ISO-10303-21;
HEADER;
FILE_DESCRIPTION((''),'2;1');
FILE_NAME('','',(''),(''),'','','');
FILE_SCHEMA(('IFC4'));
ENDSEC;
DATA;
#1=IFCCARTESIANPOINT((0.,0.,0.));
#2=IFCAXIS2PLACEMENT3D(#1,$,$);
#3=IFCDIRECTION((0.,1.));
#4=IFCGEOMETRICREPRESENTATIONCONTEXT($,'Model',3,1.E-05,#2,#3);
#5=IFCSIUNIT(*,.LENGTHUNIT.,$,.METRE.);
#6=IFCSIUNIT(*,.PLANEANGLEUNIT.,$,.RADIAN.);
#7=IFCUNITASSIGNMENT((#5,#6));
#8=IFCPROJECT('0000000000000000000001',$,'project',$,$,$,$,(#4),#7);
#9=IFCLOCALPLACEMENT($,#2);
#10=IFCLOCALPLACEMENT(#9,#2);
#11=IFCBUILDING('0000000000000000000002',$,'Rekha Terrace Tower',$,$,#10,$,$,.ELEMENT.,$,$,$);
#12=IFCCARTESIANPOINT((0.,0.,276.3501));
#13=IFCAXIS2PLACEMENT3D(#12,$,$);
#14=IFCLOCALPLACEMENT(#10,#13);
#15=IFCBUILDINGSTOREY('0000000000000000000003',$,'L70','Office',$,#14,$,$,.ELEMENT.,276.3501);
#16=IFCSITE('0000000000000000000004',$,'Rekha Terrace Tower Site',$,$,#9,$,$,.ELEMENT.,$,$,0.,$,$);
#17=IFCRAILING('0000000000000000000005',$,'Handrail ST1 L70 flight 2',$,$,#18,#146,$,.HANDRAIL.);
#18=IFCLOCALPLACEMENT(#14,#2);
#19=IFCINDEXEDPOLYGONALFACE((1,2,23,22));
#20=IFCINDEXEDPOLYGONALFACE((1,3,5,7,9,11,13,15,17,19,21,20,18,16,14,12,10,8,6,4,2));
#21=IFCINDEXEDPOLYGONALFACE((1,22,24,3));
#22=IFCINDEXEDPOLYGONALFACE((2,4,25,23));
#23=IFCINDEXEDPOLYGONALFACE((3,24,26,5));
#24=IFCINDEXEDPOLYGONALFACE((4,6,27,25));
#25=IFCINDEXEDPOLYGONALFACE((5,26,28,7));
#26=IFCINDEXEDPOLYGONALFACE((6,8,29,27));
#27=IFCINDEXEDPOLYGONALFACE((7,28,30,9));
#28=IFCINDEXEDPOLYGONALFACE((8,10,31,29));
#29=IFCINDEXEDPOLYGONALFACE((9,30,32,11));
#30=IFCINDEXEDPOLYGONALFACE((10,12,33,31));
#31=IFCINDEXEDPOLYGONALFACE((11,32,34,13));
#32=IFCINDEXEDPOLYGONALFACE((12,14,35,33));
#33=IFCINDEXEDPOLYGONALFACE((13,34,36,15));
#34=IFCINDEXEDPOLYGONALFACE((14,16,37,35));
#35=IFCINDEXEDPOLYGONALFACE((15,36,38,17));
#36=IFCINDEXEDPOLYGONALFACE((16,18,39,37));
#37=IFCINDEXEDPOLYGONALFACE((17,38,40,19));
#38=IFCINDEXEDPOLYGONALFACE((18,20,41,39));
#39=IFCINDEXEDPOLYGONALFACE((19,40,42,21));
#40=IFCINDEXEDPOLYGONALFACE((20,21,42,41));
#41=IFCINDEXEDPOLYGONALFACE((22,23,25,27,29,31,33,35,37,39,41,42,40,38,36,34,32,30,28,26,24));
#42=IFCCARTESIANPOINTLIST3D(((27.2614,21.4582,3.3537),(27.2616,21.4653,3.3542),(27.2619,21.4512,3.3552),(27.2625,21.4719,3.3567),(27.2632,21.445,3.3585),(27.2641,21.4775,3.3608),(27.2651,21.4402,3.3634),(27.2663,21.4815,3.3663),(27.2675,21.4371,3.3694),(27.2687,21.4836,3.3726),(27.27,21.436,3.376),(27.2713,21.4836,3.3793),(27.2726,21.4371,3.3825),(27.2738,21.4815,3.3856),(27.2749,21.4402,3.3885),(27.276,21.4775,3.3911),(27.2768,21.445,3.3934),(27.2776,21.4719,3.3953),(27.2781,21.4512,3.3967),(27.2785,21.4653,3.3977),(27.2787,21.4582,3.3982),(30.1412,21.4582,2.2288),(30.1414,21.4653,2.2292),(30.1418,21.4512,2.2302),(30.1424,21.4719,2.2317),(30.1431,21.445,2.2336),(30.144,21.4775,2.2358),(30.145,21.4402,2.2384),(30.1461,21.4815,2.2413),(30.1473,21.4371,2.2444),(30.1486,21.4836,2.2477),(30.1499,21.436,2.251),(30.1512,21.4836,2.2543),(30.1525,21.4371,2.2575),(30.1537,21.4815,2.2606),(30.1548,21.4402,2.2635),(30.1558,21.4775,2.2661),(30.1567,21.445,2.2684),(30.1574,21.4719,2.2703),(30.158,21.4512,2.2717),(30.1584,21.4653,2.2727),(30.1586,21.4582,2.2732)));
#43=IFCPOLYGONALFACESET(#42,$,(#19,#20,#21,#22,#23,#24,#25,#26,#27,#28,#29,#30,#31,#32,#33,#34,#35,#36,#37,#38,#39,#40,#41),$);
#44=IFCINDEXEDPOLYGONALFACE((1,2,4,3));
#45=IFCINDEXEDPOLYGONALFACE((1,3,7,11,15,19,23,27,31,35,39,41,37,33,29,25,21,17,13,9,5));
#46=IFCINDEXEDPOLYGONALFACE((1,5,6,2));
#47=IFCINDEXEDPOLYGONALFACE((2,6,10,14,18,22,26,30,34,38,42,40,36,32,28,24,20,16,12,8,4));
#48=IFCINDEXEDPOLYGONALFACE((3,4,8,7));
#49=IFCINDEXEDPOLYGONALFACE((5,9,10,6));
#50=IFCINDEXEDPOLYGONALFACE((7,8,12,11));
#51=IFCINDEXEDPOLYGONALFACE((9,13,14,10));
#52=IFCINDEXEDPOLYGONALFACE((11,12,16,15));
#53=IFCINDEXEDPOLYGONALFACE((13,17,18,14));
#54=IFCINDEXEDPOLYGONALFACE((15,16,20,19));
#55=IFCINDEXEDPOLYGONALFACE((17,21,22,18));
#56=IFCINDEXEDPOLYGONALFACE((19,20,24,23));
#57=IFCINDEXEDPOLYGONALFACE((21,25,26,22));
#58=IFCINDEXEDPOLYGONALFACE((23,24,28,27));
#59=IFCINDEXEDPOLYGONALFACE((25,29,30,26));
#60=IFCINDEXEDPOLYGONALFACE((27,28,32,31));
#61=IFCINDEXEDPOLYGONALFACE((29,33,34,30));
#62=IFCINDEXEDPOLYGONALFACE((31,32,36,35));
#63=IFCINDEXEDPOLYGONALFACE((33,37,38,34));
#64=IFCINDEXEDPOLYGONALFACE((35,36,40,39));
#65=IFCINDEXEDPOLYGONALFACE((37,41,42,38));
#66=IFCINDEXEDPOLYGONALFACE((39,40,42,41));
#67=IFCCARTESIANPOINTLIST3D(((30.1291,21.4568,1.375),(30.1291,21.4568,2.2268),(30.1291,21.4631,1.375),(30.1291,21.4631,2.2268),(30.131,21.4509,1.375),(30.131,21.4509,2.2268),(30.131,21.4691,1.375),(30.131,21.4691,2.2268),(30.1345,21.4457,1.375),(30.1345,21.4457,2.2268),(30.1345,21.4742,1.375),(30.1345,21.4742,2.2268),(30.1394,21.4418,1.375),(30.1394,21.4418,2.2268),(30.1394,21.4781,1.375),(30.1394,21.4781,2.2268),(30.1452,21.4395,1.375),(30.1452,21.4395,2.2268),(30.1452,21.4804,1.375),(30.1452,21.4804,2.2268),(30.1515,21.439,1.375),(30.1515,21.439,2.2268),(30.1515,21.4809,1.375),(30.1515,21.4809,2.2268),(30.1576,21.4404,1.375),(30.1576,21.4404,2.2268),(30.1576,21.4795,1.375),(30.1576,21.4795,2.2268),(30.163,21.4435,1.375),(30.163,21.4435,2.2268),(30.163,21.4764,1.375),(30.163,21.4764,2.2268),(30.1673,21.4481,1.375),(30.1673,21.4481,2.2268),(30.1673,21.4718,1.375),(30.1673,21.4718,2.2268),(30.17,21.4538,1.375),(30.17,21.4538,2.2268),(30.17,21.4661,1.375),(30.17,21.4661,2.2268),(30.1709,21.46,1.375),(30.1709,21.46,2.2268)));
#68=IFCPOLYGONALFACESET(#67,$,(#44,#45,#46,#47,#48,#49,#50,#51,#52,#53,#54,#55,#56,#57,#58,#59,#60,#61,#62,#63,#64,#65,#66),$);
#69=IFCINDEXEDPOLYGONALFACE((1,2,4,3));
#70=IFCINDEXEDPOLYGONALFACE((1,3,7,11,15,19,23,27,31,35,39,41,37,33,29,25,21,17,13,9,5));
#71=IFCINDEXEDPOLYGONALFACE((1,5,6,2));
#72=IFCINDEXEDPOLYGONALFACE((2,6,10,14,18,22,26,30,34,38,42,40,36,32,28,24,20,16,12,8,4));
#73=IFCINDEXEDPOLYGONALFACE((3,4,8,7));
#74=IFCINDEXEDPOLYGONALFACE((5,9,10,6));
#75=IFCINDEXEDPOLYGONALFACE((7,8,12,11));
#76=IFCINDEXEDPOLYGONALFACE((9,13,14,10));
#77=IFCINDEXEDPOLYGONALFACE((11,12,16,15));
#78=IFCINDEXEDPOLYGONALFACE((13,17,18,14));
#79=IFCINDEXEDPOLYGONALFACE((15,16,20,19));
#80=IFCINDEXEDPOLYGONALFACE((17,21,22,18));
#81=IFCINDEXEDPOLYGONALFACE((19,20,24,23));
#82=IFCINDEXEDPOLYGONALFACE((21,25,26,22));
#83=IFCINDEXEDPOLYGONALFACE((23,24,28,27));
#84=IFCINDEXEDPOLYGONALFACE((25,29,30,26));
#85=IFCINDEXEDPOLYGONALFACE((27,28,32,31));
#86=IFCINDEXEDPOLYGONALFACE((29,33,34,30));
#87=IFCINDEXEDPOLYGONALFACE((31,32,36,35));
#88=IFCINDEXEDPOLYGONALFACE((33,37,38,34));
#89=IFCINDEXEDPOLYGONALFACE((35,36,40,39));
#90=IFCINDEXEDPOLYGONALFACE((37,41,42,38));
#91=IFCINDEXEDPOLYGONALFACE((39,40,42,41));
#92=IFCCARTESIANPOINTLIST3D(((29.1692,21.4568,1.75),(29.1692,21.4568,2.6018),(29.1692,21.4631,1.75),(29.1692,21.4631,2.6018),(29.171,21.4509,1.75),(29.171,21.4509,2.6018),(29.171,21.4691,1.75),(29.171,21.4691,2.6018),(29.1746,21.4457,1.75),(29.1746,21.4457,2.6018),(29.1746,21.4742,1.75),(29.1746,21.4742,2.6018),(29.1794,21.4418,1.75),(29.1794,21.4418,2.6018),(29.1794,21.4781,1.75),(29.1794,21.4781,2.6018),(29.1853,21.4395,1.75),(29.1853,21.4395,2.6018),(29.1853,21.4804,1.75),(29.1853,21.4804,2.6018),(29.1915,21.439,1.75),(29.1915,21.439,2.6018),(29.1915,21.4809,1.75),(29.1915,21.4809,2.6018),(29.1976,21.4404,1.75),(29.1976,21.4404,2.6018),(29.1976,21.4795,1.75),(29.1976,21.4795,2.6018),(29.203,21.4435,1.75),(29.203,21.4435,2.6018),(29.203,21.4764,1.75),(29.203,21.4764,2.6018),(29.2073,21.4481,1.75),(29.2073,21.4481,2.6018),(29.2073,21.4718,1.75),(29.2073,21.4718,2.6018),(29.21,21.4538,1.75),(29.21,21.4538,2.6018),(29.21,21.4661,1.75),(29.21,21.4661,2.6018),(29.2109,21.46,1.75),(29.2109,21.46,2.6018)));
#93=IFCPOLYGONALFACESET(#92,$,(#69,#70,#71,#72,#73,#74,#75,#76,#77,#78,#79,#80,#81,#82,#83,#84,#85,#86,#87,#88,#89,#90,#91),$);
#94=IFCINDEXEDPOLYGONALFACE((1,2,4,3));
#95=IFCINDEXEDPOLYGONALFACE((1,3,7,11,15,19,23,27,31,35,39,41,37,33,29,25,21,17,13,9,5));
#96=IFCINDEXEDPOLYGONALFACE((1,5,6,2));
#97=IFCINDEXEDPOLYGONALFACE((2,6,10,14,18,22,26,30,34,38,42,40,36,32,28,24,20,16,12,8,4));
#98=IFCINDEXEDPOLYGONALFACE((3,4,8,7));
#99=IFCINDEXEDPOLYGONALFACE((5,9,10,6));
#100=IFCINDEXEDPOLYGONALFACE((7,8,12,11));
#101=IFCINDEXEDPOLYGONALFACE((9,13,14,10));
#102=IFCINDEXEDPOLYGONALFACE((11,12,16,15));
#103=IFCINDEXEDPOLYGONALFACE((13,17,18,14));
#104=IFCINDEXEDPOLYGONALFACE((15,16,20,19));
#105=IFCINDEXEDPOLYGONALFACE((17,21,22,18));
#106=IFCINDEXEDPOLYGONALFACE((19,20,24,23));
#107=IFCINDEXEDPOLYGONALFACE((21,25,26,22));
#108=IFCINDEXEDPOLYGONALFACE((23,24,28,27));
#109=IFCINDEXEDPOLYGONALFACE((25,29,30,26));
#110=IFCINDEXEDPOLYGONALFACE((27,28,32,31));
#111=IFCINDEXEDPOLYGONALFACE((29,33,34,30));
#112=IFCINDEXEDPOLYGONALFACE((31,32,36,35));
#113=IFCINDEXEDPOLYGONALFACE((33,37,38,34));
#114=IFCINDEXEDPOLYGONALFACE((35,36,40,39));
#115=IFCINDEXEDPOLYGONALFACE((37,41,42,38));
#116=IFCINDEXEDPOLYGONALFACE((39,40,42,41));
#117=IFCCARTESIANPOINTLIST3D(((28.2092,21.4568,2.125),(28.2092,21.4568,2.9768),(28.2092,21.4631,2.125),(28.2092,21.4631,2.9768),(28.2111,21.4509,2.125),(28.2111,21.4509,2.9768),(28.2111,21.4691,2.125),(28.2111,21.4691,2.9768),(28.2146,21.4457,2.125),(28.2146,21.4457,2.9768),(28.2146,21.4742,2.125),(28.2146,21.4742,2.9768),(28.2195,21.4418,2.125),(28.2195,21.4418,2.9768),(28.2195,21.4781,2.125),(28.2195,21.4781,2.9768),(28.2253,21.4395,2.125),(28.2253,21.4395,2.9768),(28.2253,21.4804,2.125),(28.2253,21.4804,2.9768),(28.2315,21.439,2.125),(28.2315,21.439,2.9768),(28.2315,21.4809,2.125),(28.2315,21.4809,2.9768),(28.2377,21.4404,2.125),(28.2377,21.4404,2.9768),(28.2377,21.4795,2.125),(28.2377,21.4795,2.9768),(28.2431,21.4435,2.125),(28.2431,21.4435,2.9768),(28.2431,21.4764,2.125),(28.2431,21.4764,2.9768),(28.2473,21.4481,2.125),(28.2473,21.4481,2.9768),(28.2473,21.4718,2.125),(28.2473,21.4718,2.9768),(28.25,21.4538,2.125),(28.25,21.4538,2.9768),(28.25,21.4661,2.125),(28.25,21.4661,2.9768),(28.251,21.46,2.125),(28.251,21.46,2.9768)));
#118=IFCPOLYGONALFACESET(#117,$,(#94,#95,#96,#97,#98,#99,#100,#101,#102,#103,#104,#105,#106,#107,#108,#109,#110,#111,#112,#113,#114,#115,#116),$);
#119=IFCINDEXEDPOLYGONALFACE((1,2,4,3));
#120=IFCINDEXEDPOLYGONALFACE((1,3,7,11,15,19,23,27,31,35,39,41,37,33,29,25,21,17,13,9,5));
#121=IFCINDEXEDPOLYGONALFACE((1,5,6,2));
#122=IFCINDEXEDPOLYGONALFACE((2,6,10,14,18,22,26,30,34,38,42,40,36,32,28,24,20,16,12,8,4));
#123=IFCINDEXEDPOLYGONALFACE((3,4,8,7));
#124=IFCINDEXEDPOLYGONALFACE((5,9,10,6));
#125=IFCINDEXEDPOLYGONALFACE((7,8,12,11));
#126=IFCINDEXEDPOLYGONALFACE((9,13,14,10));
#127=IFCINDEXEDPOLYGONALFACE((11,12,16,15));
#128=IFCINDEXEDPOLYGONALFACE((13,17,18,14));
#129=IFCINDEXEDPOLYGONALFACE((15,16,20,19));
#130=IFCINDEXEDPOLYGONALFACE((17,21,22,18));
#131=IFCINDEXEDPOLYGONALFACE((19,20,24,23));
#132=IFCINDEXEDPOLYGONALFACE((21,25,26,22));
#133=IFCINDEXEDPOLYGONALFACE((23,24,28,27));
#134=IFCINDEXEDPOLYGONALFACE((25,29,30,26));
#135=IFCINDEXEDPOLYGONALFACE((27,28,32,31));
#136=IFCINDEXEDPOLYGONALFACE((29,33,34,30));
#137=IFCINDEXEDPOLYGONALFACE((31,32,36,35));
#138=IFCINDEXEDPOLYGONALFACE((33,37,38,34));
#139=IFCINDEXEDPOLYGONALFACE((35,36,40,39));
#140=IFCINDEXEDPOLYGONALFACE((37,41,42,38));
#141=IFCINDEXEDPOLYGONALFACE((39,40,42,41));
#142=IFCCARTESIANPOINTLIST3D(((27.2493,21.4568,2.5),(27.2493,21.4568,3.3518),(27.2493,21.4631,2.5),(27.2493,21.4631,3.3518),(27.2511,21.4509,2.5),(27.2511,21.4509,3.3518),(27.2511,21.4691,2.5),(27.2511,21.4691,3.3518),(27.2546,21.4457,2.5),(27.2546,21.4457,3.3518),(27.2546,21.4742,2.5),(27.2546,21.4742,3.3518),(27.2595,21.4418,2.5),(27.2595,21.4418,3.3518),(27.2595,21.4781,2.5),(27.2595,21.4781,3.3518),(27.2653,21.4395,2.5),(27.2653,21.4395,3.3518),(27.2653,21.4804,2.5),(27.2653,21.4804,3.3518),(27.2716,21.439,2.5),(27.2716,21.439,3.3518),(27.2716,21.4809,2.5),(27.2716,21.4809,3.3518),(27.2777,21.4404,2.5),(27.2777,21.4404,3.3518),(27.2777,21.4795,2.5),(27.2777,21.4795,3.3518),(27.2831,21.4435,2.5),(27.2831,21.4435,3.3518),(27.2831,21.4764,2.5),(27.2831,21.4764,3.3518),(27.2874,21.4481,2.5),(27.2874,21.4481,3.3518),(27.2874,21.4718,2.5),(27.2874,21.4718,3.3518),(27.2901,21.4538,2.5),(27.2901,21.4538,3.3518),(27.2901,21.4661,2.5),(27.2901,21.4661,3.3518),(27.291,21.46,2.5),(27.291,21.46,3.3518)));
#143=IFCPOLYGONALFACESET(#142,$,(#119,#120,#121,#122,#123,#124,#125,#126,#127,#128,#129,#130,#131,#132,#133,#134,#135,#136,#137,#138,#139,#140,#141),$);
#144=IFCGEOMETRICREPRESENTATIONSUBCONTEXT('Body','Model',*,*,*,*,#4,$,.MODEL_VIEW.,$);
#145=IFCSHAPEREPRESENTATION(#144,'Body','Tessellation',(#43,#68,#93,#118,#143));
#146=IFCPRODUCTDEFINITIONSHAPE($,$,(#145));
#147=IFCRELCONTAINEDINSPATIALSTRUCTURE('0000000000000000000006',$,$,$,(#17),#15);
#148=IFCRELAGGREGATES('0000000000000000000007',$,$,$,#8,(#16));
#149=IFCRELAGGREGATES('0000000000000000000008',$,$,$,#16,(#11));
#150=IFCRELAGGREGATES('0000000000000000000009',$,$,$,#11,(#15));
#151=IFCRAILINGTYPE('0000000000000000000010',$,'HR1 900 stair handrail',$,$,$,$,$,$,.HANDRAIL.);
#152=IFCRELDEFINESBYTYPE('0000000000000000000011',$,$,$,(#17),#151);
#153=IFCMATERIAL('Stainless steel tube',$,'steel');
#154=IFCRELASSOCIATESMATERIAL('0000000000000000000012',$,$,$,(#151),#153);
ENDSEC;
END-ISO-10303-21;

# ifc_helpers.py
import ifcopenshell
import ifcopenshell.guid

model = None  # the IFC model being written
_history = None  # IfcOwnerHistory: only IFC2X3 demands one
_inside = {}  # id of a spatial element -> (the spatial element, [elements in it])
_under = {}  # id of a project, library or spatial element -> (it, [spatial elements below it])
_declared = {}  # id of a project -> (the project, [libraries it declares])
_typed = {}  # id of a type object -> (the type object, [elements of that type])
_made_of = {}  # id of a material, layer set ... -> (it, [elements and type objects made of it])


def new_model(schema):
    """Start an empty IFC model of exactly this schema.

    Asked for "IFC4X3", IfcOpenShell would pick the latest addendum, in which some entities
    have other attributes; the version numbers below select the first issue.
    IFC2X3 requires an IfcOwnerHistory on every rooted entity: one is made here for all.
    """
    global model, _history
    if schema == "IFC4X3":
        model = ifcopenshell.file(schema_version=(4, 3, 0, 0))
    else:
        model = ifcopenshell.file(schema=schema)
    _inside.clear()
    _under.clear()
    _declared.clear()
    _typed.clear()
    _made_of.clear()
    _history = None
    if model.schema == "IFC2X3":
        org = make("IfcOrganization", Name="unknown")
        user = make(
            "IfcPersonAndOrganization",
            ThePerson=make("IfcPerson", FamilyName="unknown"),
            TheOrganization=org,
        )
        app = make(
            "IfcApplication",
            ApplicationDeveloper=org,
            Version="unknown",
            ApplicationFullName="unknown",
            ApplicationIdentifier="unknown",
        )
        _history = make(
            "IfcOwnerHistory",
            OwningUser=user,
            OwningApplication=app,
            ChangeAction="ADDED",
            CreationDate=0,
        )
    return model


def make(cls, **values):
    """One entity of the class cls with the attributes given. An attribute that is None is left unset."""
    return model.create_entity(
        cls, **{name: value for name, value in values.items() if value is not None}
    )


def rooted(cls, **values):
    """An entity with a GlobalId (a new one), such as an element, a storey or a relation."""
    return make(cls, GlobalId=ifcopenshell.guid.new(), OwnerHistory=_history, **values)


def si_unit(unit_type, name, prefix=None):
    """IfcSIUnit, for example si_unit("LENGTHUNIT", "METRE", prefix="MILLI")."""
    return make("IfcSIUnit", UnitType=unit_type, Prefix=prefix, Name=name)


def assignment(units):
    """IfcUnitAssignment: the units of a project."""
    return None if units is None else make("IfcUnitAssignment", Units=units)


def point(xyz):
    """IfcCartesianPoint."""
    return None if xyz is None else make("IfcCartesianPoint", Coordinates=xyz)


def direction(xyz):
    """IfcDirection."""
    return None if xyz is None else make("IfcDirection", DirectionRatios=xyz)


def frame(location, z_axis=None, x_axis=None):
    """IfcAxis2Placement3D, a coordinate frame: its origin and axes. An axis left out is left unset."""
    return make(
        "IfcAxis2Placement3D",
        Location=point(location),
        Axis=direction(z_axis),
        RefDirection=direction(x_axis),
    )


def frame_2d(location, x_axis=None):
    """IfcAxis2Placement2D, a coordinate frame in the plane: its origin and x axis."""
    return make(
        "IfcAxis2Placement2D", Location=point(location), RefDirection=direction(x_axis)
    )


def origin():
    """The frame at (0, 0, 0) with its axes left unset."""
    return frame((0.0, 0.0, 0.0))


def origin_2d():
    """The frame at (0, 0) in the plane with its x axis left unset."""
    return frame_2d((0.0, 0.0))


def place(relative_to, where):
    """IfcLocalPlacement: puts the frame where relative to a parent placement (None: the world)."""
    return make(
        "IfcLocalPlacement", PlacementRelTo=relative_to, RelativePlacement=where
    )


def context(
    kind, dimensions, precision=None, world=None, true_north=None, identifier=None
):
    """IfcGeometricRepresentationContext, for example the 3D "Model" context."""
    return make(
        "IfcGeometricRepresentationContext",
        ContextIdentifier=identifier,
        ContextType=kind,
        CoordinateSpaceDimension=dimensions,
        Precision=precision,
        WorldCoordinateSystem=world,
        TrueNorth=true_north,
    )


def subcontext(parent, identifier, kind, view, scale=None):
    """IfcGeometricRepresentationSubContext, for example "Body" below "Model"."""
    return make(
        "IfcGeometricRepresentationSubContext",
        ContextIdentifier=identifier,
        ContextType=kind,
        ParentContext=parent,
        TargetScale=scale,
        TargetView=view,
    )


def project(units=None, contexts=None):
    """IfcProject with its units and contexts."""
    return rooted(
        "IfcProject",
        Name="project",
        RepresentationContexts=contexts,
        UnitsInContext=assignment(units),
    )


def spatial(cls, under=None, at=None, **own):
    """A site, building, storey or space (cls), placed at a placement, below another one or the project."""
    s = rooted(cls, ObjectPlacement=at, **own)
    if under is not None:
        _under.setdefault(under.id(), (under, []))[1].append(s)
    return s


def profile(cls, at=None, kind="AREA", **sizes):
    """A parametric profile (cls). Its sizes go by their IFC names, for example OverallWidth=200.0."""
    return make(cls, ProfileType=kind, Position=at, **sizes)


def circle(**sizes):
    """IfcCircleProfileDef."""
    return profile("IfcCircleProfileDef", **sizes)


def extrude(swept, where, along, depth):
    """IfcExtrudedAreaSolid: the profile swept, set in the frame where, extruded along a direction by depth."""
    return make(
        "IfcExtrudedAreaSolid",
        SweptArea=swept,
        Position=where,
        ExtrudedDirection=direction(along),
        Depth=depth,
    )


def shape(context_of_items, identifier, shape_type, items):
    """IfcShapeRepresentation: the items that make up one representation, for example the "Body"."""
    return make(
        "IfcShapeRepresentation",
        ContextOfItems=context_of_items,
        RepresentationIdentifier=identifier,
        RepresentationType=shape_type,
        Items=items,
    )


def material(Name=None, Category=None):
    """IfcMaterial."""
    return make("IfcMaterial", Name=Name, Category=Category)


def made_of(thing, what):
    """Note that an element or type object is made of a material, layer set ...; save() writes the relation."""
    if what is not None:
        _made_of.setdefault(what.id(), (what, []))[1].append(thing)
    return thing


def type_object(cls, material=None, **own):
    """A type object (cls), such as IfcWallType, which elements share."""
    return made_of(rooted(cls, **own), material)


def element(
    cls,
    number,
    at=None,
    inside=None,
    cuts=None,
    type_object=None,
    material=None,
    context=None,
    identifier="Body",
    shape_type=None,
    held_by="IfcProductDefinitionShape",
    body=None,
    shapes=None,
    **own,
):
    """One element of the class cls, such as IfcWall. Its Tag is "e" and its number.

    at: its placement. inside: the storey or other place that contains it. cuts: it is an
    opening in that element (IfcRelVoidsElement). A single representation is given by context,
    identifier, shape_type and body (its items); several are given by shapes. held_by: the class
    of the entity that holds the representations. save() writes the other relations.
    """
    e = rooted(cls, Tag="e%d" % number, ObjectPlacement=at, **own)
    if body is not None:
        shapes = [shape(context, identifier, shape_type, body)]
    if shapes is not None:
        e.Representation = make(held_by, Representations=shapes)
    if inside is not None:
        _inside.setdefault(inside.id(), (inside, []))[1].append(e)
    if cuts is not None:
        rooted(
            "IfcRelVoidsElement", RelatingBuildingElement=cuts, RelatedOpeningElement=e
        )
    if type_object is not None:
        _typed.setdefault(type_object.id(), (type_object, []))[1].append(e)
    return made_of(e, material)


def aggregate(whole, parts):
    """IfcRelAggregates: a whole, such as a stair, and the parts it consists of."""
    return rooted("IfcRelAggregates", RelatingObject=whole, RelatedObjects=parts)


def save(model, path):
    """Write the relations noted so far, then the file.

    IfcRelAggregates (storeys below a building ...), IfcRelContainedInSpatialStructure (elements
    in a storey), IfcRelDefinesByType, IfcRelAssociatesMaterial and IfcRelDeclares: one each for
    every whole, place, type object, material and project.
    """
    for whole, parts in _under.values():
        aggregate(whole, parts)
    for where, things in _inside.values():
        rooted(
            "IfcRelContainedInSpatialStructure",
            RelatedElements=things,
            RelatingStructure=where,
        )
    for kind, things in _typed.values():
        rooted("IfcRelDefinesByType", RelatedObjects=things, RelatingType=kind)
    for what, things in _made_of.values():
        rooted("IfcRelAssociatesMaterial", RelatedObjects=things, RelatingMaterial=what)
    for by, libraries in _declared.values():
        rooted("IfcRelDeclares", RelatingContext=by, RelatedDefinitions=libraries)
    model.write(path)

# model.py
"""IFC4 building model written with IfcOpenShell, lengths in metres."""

from ifc_helpers import new_model, si_unit, direction, frame, origin, origin_2d, place, context, subcontext, project, spatial, circle, extrude, material, type_object, element, save


model = new_model("IFC4")

# Units and contexts
model_context = context("Model", 3, precision=1e-05, world=origin(), true_north=direction((0.0, 1.0)))
body_context = subcontext(model_context, "Body", "Model", "MODEL_VIEW")
ifc_project = project(units=[si_unit("LENGTHUNIT", "METRE"), si_unit("PLANEANGLEUNIT", "RADIAN")], contexts=[model_context])

# Site, building, storey
site_placement = place(None, origin())
site = spatial("IfcSite", under=ifc_project, at=site_placement, Name="Rekha Terrace Tower Site", CompositionType="ELEMENT", RefElevation=0.0)
building_placement = place(site_placement, origin())
building = spatial("IfcBuilding", under=site, at=building_placement, Name="Rekha Terrace Tower", CompositionType="ELEMENT")
storey_placement = place(building_placement, frame((0.0, 0.0, 276.3501)))
storey = spatial("IfcBuildingStorey", under=building, at=storey_placement, Name="L70", Description="Office", CompositionType="ELEMENT", Elevation=276.3501)

# Railing
ifc_material_1 = material(Name="Stainless steel tube", Category="steel")
railing_type_1 = type_object("IfcRailingType", Name="HR1 900 stair handrail", PredefinedType="HANDRAIL", material=ifc_material_1)
railing_1_placement = place(storey_placement, frame((30.1499, 21.46, 1.375)))
element("IfcRailing", 1, at=railing_1_placement, inside=storey, type_object=railing_type_1, Name="Handrail ST1 L70 flight 2", PredefinedType="HANDRAIL", context=body_context, shape_type="SweptSolid", body=[
    extrude(circle(Radius=0.0239, at=origin_2d()), frame((0.0, 0.0, 0.876), z_axis=(-0.931452, 0.0, 0.363863), x_axis=(0.0, -1.0, 0.0)), (0.0, 0.0, 1.0), 3.0918),
    extrude(circle(Radius=0.021, at=origin_2d()), origin(), (0.0, 0.0, 1.0), 0.8518),
    extrude(circle(Radius=0.021, at=origin_2d()), frame((-0.96, 0.0, 0.375)), (0.0, 0.0, 1.0), 0.8518),
    extrude(circle(Radius=0.021, at=origin_2d()), frame((-1.9199, 0.0, 0.75)), (0.0, 0.0, 1.0), 0.8518),
    extrude(circle(Radius=0.021, at=origin_2d()), frame((-2.8799, 0.0, 1.125)), (0.0, 0.0, 1.0), 0.8518),
])

save(model, "model.ifc")
